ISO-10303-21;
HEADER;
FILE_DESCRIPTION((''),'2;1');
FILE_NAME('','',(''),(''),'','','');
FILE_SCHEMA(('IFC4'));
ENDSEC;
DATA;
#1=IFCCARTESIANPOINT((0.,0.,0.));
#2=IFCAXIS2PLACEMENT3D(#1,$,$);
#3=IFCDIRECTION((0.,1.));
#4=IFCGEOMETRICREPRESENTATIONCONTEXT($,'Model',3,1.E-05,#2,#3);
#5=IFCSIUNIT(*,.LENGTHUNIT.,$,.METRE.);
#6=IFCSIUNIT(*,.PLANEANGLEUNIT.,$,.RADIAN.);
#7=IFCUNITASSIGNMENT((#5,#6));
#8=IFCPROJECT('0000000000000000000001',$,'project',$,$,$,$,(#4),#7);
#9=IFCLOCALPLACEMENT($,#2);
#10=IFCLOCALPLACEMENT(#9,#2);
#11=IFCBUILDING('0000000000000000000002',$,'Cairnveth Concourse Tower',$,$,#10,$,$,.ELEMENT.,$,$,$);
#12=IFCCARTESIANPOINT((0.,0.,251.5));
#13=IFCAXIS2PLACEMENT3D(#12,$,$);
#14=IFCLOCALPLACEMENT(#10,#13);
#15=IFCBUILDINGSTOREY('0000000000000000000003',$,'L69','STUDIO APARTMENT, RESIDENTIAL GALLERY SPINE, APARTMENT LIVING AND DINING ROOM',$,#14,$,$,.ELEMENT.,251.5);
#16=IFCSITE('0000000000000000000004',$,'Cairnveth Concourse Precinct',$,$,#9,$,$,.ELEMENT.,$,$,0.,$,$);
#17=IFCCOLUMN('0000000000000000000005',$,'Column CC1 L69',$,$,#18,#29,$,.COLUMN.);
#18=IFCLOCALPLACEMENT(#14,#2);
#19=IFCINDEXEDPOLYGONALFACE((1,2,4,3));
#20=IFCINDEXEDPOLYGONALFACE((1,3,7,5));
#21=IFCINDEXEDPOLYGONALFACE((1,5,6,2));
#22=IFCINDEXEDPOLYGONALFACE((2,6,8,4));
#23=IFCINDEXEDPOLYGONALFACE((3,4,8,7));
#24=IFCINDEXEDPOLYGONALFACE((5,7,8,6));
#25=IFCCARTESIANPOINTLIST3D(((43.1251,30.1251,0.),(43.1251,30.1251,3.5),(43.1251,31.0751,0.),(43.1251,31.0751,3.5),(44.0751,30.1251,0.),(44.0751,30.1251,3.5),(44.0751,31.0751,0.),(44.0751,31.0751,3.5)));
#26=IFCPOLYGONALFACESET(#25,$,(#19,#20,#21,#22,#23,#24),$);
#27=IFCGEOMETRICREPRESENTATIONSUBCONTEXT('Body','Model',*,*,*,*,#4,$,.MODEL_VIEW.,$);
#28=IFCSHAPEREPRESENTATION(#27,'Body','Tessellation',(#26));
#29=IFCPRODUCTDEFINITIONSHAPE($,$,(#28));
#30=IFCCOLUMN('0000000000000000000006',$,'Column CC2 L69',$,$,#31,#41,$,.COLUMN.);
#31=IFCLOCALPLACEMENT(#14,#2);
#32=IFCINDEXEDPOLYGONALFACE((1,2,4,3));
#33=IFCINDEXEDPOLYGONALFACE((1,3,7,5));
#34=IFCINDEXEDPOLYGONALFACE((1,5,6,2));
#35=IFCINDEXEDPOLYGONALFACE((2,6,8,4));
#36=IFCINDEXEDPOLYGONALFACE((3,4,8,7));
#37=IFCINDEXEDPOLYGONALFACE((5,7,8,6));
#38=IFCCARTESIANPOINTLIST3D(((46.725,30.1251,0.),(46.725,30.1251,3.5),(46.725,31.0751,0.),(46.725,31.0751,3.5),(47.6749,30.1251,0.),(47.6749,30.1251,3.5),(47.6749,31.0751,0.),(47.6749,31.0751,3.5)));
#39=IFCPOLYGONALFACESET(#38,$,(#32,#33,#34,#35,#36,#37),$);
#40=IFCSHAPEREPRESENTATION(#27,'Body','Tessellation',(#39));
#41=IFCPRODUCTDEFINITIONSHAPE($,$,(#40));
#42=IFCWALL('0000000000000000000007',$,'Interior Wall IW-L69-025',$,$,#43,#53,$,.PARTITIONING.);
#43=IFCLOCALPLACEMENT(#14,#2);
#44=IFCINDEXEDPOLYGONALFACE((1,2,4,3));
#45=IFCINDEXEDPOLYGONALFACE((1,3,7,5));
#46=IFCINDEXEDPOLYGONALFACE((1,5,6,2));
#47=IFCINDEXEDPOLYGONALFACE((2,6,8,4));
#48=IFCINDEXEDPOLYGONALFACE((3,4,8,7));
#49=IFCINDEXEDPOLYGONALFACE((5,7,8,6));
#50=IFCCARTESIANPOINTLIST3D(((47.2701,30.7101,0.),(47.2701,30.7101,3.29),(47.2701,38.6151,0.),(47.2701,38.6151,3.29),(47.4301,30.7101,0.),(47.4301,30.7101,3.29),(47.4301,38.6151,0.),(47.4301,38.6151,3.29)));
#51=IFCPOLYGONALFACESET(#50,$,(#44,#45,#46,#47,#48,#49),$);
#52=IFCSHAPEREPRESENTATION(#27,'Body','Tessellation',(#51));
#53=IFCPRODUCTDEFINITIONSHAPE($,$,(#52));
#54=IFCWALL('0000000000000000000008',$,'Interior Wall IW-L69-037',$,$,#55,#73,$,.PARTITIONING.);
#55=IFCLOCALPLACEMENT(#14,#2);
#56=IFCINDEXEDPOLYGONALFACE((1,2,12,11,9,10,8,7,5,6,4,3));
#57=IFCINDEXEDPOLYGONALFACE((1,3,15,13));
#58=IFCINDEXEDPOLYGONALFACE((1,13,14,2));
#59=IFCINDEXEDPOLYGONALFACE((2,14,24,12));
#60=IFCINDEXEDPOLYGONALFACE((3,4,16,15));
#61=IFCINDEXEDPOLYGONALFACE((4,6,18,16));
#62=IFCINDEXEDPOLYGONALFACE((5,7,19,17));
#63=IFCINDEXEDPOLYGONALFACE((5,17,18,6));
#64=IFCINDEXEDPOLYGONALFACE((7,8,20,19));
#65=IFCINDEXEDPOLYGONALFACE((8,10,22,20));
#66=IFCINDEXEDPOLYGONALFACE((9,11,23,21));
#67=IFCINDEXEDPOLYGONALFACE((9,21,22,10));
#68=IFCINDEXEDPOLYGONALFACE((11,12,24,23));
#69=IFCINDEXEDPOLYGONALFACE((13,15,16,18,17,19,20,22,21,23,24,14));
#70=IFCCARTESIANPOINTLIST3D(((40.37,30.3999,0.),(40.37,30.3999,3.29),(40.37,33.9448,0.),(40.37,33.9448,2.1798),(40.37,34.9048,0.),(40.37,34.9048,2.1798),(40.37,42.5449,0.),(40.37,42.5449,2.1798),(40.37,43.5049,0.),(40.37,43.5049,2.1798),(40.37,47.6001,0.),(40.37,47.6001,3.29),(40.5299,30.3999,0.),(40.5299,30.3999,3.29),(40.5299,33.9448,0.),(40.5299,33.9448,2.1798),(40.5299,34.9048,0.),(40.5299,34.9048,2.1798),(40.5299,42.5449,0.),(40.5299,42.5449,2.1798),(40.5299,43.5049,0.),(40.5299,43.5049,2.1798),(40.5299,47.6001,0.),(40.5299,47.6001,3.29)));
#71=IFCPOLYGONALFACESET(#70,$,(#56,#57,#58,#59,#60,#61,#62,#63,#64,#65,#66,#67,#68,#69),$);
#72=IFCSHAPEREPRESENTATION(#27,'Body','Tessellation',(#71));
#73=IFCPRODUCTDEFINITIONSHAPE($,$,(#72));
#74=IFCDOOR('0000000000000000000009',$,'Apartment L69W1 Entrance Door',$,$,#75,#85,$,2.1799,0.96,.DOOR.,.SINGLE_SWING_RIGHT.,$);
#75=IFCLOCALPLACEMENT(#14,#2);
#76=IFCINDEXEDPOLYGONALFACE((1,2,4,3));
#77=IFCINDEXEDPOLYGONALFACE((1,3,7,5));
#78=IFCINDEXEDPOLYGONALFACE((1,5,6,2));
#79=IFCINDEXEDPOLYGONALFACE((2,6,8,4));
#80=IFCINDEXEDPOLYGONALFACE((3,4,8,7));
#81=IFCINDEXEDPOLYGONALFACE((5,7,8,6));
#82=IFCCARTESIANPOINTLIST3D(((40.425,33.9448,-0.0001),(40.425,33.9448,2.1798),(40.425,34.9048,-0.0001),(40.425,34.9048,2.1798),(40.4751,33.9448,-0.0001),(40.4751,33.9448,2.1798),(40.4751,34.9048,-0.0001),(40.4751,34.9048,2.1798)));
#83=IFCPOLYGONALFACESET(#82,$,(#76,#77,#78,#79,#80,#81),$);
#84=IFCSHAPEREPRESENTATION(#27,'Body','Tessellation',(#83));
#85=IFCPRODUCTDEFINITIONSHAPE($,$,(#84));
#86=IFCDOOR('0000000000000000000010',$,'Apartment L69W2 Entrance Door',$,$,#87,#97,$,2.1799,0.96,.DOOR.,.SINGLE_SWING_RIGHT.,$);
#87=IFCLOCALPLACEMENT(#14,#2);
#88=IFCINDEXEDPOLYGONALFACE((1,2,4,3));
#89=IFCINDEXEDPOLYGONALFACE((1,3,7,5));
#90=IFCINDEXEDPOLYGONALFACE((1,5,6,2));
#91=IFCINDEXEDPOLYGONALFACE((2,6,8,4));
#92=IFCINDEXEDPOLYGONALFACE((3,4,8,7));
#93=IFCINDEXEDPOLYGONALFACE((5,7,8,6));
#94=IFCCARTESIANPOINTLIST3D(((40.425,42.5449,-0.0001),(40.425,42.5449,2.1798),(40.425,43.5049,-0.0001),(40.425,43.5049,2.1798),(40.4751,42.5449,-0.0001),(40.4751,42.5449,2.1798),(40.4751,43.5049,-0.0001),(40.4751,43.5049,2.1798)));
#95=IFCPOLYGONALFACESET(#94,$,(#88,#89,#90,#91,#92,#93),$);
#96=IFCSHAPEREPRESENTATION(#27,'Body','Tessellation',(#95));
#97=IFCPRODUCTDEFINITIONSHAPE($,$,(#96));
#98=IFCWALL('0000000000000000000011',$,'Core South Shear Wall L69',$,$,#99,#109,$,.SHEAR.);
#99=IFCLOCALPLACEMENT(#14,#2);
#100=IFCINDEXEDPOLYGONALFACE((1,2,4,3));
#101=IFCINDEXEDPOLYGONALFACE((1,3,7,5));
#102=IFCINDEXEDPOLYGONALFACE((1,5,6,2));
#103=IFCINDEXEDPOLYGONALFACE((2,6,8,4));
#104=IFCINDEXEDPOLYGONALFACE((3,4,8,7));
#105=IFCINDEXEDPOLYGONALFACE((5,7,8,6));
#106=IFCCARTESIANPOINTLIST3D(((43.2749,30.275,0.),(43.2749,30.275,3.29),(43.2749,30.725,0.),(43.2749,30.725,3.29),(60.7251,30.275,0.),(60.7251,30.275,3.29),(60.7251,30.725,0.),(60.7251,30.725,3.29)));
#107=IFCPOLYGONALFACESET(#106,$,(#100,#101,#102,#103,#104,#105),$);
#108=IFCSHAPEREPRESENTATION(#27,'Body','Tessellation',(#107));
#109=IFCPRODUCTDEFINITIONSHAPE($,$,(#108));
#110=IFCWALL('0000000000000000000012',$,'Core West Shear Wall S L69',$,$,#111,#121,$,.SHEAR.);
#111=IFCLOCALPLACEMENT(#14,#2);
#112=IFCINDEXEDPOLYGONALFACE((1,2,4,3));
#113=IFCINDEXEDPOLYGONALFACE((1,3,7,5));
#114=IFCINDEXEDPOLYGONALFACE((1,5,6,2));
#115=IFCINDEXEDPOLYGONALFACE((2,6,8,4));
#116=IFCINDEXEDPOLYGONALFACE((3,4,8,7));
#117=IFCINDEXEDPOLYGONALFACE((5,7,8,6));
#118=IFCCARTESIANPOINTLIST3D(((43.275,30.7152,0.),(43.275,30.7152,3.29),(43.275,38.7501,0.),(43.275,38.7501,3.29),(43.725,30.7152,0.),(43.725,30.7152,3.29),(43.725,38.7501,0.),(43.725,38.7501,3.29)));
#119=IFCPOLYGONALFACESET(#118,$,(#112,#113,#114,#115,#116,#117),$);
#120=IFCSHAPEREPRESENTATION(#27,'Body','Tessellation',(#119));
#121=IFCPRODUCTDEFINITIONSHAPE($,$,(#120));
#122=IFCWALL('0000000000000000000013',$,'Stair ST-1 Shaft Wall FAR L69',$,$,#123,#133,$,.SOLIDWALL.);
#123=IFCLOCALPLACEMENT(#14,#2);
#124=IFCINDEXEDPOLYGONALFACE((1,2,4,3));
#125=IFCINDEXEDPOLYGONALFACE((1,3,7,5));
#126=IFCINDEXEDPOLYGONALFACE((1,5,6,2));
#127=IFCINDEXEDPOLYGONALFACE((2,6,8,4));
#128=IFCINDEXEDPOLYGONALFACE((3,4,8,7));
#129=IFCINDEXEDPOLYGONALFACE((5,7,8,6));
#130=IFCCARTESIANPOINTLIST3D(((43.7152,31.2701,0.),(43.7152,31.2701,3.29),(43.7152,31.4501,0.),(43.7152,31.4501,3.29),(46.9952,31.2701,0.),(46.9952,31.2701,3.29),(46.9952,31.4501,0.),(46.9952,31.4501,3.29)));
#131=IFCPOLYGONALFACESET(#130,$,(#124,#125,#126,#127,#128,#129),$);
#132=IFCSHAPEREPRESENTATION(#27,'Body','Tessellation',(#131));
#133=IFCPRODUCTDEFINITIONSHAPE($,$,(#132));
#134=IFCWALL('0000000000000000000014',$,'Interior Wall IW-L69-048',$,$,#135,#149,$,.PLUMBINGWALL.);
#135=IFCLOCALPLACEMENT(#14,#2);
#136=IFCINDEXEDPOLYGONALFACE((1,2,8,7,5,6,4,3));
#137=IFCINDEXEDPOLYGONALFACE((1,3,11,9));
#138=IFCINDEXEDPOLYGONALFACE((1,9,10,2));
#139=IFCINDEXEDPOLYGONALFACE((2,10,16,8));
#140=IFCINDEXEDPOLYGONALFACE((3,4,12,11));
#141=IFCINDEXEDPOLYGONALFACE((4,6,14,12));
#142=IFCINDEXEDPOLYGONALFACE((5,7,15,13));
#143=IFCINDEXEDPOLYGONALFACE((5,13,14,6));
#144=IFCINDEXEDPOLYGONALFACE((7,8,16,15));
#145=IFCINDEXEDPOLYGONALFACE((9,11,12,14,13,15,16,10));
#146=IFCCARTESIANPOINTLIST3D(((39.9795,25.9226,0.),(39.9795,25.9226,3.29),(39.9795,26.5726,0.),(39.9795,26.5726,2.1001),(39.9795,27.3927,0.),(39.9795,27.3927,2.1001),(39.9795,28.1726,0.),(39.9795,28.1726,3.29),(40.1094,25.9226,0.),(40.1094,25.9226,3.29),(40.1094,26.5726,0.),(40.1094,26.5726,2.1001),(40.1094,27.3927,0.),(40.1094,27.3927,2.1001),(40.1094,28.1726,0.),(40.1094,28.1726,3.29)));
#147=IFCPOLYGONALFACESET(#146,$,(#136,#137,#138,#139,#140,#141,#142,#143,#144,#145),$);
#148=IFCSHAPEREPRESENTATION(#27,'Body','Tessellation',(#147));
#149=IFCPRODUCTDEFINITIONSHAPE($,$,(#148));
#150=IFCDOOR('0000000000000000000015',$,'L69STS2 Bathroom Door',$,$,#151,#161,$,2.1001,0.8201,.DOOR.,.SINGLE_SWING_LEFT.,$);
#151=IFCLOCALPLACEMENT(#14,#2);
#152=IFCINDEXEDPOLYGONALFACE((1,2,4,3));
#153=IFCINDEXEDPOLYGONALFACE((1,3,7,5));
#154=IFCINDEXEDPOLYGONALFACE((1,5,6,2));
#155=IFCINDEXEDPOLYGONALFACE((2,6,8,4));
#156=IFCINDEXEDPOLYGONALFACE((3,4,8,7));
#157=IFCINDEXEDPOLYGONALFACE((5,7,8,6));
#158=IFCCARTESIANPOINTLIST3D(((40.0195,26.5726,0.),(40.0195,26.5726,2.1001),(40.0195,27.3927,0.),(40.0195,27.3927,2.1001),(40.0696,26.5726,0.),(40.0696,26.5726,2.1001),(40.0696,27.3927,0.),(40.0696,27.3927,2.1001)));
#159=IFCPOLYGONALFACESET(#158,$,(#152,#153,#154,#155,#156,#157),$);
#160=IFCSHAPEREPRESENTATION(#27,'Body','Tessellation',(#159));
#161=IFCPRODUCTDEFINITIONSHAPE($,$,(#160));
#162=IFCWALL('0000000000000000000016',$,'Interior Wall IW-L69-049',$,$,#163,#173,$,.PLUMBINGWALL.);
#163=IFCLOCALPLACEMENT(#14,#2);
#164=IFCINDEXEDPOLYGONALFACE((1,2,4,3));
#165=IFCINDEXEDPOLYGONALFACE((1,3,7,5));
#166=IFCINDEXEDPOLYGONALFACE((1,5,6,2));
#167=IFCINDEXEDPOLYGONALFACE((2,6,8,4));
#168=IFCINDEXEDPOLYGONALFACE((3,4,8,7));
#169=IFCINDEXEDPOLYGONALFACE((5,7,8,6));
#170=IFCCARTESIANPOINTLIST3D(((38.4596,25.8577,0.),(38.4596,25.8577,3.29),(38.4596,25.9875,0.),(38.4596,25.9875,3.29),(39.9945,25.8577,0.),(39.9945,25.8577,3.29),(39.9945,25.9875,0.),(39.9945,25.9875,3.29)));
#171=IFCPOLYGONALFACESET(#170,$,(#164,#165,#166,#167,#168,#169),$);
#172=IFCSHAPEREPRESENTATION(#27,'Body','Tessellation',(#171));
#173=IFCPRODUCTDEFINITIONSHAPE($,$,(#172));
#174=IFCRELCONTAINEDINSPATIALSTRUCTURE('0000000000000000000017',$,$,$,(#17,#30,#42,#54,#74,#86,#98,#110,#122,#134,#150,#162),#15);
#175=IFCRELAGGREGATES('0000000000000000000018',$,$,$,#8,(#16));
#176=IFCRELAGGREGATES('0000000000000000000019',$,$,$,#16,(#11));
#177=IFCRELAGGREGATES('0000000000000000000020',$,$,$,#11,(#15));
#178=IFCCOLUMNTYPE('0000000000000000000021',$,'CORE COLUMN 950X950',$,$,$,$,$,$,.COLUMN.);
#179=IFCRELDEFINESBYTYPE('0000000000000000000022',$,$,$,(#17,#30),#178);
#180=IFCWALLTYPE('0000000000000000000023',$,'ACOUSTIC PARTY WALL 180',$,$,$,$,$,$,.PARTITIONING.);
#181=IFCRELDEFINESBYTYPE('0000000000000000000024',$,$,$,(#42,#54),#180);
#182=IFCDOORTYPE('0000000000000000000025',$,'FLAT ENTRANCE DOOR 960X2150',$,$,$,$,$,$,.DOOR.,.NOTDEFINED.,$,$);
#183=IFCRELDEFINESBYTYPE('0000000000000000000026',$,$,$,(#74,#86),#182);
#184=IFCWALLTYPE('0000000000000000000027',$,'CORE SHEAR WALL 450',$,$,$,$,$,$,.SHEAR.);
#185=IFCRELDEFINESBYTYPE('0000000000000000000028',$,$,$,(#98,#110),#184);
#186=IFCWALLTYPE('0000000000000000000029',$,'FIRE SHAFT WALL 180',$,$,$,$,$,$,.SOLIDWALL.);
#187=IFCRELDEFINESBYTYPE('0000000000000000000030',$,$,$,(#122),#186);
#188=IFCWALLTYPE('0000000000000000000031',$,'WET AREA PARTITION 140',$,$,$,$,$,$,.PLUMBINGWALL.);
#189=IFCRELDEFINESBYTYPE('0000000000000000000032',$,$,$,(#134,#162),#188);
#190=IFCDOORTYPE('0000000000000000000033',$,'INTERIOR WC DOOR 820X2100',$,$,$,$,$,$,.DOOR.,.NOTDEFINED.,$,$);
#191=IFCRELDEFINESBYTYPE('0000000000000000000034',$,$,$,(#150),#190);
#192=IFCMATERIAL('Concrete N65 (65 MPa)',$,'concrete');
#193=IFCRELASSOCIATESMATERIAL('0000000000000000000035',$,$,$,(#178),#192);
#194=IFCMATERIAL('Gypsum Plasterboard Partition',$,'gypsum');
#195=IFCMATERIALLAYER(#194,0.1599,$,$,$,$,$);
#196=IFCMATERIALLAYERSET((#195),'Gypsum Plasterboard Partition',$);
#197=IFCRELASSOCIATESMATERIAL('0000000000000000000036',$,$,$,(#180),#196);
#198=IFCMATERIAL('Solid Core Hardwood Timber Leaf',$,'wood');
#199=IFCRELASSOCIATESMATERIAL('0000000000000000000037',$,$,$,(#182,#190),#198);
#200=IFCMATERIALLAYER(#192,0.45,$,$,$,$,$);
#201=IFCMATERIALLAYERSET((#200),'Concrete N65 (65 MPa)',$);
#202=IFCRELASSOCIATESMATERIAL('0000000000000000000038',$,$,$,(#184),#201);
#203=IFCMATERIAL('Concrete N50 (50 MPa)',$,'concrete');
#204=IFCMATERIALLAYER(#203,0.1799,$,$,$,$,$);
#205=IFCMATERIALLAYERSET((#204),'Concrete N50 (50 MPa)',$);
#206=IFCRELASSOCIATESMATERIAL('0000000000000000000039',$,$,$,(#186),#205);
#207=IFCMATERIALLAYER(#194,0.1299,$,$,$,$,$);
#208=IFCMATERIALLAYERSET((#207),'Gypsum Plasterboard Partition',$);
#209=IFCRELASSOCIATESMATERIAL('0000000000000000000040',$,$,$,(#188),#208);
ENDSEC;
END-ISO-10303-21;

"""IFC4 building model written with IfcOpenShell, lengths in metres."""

from ifc_helpers import new_model, si_unit, direction, frame, frame_2d, origin, origin_2d, place, context, subcontext, project, spatial, rectangle, extrude, material, layer, layer_set, material_profile, profile_set, type_object, element, fill, save


model = new_model("IFC4")

# Units and contexts
model_context = context("Model", 3, precision=1e-05, world=origin(), true_north=direction((0.0, 1.0)))
body_context = subcontext(model_context, "Body", "Model", "MODEL_VIEW")
ifc_project = project(units=[si_unit("LENGTHUNIT", "METRE"), si_unit("PLANEANGLEUNIT", "RADIAN")], contexts=[model_context])

# Site, building, storey
site_placement = place(None, origin())
site = spatial("IfcSite", under=ifc_project, at=site_placement, Name="Cairnveth Concourse Precinct", CompositionType="ELEMENT", RefElevation=0.0)
building_placement = place(site_placement, origin())
building = spatial("IfcBuilding", under=site, at=building_placement, Name="Cairnveth Concourse Tower", CompositionType="ELEMENT")
storey_placement = place(building_placement, frame((0.0, 0.0, 251.5)))
storey = spatial("IfcBuildingStorey", under=building, at=storey_placement, Name="L69", Description="STUDIO APARTMENT, RESIDENTIAL GALLERY SPINE, APARTMENT LIVING AND DINING ROOM", CompositionType="ELEMENT", Elevation=251.5)

# Columns
ifc_material_1 = material(Name="Concrete N65 (65 MPa)", Category="concrete")
ifc_material_profile = material_profile(ifc_material_1, rectangle(XDim=0.95, YDim=0.95, at=origin_2d()), Name="RC-COL-950x950")
ifc_profile_set = profile_set([ifc_material_profile], Name="Concrete N65 (65 MPa)")
column_type = type_object("IfcColumnType", Name="CORE COLUMN 950X950", PredefinedType="COLUMN", material=ifc_profile_set)
for number, where, z_axis, x_axis, name in (
    (1, (43.6001, 30.6001, 0.0), (0.0, 0.0, 1.0), (1.0, 0.0, 0.0), "Column CC1 L69"),
    (2, (47.2, 30.6001, 0.0), (0.0, 0.0, 1.0), (1.0, 0.0, 0.0), "Column CC2 L69"),
):
    element("IfcColumn", number, at=place(storey_placement, frame(where, z_axis=z_axis, x_axis=x_axis)), inside=storey, type_object=column_type, Name=name, PredefinedType="COLUMN", context=body_context, shape_type="SweptSolid", body=[
        extrude(rectangle(XDim=0.95, YDim=0.95, at=origin_2d()), origin(), (0.0, 0.0, 1.0), 3.5),
    ])

# Wall
ifc_material_2 = material(Name="Gypsum Plasterboard Partition", Category="gypsum")
ifc_layer_1 = layer(ifc_material_2, 0.1599)
ifc_layer_set_1 = layer_set([ifc_layer_1], Name="Gypsum Plasterboard Partition")
wall_type_1 = type_object("IfcWallType", Name="ACOUSTIC PARTY WALL 180", PredefinedType="PARTITIONING", material=ifc_layer_set_1)
wall_1_placement = place(storey_placement, frame((47.3501, 30.71, 0.0), z_axis=(0.0, 0.0, 1.0), x_axis=(0.0, 1.0, 0.0)))
element("IfcWall", 3, at=wall_1_placement, inside=storey, type_object=wall_type_1, Name="Interior Wall IW-L69-025", PredefinedType="PARTITIONING", context=body_context, shape_type="SweptSolid", body=[
    extrude(rectangle(XDim=7.905, YDim=0.1599, at=frame_2d((3.9526, 0.0))), origin(), (0.0, 0.0, 1.0), 3.29),
])

# Wall, openings, doors
wall_2_placement = place(storey_placement, frame((40.45, 30.3999, 0.0), z_axis=(0.0, 0.0, 1.0), x_axis=(0.0, 1.0, 0.0)))
wall_2 = element("IfcWall", 4, at=wall_2_placement, inside=storey, type_object=wall_type_1, Name="Interior Wall IW-L69-037", PredefinedType="PARTITIONING", context=body_context, shape_type="SweptSolid", body=[
    extrude(rectangle(XDim=17.2002, YDim=0.1599, at=frame_2d((8.6001, 0.0))), origin(), (0.0, 0.0, 1.0), 3.29),
])
opening_1_placement = place(wall_2_placement, frame((3.5449, 0.0, 0.0)))
opening_1 = element("IfcOpeningElement", 5, at=opening_1_placement, cuts=wall_2, PredefinedType="OPENING", context=body_context, shape_type="SweptSolid", body=[
    extrude(rectangle(XDim=0.96, YDim=2.1799, at=frame_2d((0.48, 1.0898))), frame((0.0, 0.0898, 0.0), z_axis=(0.0, -1.0, 0.0), x_axis=(1.0, 0.0, 0.0)), (0.0, 0.0, 1.0), 0.1799),
])
opening_2_placement = place(wall_2_placement, frame((12.145, 0.0, 0.0)))
opening_2 = element("IfcOpeningElement", 6, at=opening_2_placement, cuts=wall_2, PredefinedType="OPENING", context=body_context, shape_type="SweptSolid", body=[
    extrude(rectangle(XDim=0.96, YDim=2.1799, at=frame_2d((0.48, 1.0898))), frame((0.0, 0.0898, 0.0), z_axis=(0.0, -1.0, 0.0), x_axis=(1.0, 0.0, 0.0)), (0.0, 0.0, 1.0), 0.1799),
])
ifc_material_3 = material(Name="Solid Core Hardwood Timber Leaf", Category="wood")
door_type_1 = type_object("IfcDoorType", Name="FLAT ENTRANCE DOOR 960X2150", OperationType="NOTDEFINED", PredefinedType="DOOR", material=ifc_material_3)
door_1_placement = place(opening_1_placement, origin())
door_1 = element("IfcDoor", 7, at=door_1_placement, inside=storey, type_object=door_type_1, Name="Apartment L69W1 Entrance Door", OperationType="SINGLE_SWING_RIGHT", OverallHeight=2.1799, OverallWidth=0.96, PredefinedType="DOOR", context=body_context, shape_type="SweptSolid", body=[
    extrude(rectangle(XDim=0.96, YDim=2.1799, at=frame_2d((0.48, 1.0898))), frame((0.0, 0.0249, 0.0), z_axis=(0.0, -1.0, 0.0), x_axis=(1.0, 0.0, 0.0)), (0.0, 0.0, 1.0), 0.05),
])
fill(opening_1, door_1)
door_2_placement = place(opening_2_placement, origin())
door_2 = element("IfcDoor", 8, at=door_2_placement, inside=storey, type_object=door_type_1, Name="Apartment L69W2 Entrance Door", OperationType="SINGLE_SWING_RIGHT", OverallHeight=2.1799, OverallWidth=0.96, PredefinedType="DOOR", context=body_context, shape_type="SweptSolid", body=[
    extrude(rectangle(XDim=0.96, YDim=2.1799, at=frame_2d((0.48, 1.0898))), frame((0.0, 0.0249, 0.0), z_axis=(0.0, -1.0, 0.0), x_axis=(1.0, 0.0, 0.0)), (0.0, 0.0, 1.0), 0.05),
])
fill(opening_2, door_2)

# Walls
ifc_layer_2 = layer(ifc_material_1, 0.45)
ifc_layer_set_2 = layer_set([ifc_layer_2], Name="Concrete N65 (65 MPa)")
wall_type_2 = type_object("IfcWallType", Name="CORE SHEAR WALL 450", PredefinedType="SHEAR", material=ifc_layer_set_2)
wall_3_placement = place(storey_placement, frame((43.2749, 30.5, 0.0), z_axis=(0.0, 0.0, 1.0), x_axis=(1.0, 0.0, 0.0)))
element("IfcWall", 9, at=wall_3_placement, inside=storey, type_object=wall_type_2, Name="Core South Shear Wall L69", PredefinedType="SHEAR", context=body_context, shape_type="SweptSolid", body=[
    extrude(rectangle(XDim=17.4502, YDim=0.45, at=frame_2d((8.7251, 0.0))), origin(), (0.0, 0.0, 1.0), 3.29),
])
wall_4_placement = place(storey_placement, frame((43.5, 30.7151, 0.0), z_axis=(0.0, 0.0, 1.0), x_axis=(0.0, 1.0, 0.0)))
element("IfcWall", 10, at=wall_4_placement, inside=storey, type_object=wall_type_2, Name="Core West Shear Wall S L69", PredefinedType="SHEAR", context=body_context, shape_type="SweptSolid", body=[
    extrude(rectangle(XDim=8.0349, YDim=0.45, at=frame_2d((4.0176, 0.0))), origin(), (0.0, 0.0, 1.0), 3.29),
])
ifc_material_4 = material(Name="Concrete N50 (50 MPa)", Category="concrete")
ifc_layer_3 = layer(ifc_material_4, 0.1799)
ifc_layer_set_3 = layer_set([ifc_layer_3], Name="Concrete N50 (50 MPa)")
wall_type_3 = type_object("IfcWallType", Name="FIRE SHAFT WALL 180", PredefinedType="SOLIDWALL", material=ifc_layer_set_3)
wall_5_placement = place(storey_placement, frame((43.7151, 31.3601, 0.0), z_axis=(0.0, 0.0, 1.0), x_axis=(1.0, 0.0, 0.0)))
element("IfcWall", 11, at=wall_5_placement, inside=storey, type_object=wall_type_3, Name="Stair ST-1 Shaft Wall FAR L69", PredefinedType="SOLIDWALL", context=body_context, shape_type="SweptSolid", body=[
    extrude(rectangle(XDim=3.28, YDim=0.1799, at=frame_2d((1.6401, 0.0))), origin(), (0.0, 0.0, 1.0), 3.29),
])

# Wall, opening, door
ifc_layer_4 = layer(ifc_material_2, 0.1299)
ifc_layer_set_4 = layer_set([ifc_layer_4], Name="Gypsum Plasterboard Partition")
wall_type_4 = type_object("IfcWallType", Name="WET AREA PARTITION 140", PredefinedType="PLUMBINGWALL", material=ifc_layer_set_4)
wall_6_placement = place(storey_placement, frame((40.0444, 25.9226, 0.0), z_axis=(0.0, 0.0, 1.0), x_axis=(0.0, 1.0, 0.0)))
wall_6 = element("IfcWall", 12, at=wall_6_placement, inside=storey, type_object=wall_type_4, Name="Interior Wall IW-L69-048", PredefinedType="PLUMBINGWALL", context=body_context, shape_type="SweptSolid", body=[
    extrude(rectangle(XDim=2.25, YDim=0.1299, at=frame_2d((1.125, 0.0))), origin(), (0.0, 0.0, 1.0), 3.29),
])
opening_3_placement = place(wall_6_placement, frame((0.6499, 0.0, 0.0)))
opening_3 = element("IfcOpeningElement", 13, at=opening_3_placement, cuts=wall_6, PredefinedType="OPENING", context=body_context, shape_type="SweptSolid", body=[
    extrude(rectangle(XDim=0.8201, YDim=2.1001, at=frame_2d((0.4102, 1.05))), frame((0.0, 0.075, 0.0), z_axis=(0.0, -1.0, 0.0), x_axis=(1.0, 0.0, 0.0)), (0.0, 0.0, 1.0), 0.1499),
])
door_type_2 = type_object("IfcDoorType", Name="INTERIOR WC DOOR 820X2100", OperationType="NOTDEFINED", PredefinedType="DOOR", material=ifc_material_3)
door_3_placement = place(opening_3_placement, origin())
door_3 = element("IfcDoor", 14, at=door_3_placement, inside=storey, type_object=door_type_2, Name="L69STS2 Bathroom Door", OperationType="SINGLE_SWING_LEFT", OverallHeight=2.1001, OverallWidth=0.8201, PredefinedType="DOOR", context=body_context, shape_type="SweptSolid", body=[
    extrude(rectangle(XDim=0.8201, YDim=2.1001, at=frame_2d((0.4102, 1.05))), frame((0.0, 0.0249, 0.0), z_axis=(0.0, -1.0, 0.0), x_axis=(1.0, 0.0, 0.0)), (0.0, 0.0, 1.0), 0.05),
])
fill(opening_3, door_3)

# Wall
wall_7_placement = place(storey_placement, frame((38.4595, 25.9226, 0.0), z_axis=(0.0, 0.0, 1.0), x_axis=(1.0, 0.0, 0.0)))
element("IfcWall", 15, at=wall_7_placement, inside=storey, type_object=wall_type_4, Name="Interior Wall IW-L69-049", PredefinedType="PLUMBINGWALL", context=body_context, shape_type="SweptSolid", body=[
    extrude(rectangle(XDim=1.5349, YDim=0.1299, at=frame_2d((0.7676, 0.0))), origin(), (0.0, 0.0, 1.0), 3.29),
])

save(model, "model.ifc")
